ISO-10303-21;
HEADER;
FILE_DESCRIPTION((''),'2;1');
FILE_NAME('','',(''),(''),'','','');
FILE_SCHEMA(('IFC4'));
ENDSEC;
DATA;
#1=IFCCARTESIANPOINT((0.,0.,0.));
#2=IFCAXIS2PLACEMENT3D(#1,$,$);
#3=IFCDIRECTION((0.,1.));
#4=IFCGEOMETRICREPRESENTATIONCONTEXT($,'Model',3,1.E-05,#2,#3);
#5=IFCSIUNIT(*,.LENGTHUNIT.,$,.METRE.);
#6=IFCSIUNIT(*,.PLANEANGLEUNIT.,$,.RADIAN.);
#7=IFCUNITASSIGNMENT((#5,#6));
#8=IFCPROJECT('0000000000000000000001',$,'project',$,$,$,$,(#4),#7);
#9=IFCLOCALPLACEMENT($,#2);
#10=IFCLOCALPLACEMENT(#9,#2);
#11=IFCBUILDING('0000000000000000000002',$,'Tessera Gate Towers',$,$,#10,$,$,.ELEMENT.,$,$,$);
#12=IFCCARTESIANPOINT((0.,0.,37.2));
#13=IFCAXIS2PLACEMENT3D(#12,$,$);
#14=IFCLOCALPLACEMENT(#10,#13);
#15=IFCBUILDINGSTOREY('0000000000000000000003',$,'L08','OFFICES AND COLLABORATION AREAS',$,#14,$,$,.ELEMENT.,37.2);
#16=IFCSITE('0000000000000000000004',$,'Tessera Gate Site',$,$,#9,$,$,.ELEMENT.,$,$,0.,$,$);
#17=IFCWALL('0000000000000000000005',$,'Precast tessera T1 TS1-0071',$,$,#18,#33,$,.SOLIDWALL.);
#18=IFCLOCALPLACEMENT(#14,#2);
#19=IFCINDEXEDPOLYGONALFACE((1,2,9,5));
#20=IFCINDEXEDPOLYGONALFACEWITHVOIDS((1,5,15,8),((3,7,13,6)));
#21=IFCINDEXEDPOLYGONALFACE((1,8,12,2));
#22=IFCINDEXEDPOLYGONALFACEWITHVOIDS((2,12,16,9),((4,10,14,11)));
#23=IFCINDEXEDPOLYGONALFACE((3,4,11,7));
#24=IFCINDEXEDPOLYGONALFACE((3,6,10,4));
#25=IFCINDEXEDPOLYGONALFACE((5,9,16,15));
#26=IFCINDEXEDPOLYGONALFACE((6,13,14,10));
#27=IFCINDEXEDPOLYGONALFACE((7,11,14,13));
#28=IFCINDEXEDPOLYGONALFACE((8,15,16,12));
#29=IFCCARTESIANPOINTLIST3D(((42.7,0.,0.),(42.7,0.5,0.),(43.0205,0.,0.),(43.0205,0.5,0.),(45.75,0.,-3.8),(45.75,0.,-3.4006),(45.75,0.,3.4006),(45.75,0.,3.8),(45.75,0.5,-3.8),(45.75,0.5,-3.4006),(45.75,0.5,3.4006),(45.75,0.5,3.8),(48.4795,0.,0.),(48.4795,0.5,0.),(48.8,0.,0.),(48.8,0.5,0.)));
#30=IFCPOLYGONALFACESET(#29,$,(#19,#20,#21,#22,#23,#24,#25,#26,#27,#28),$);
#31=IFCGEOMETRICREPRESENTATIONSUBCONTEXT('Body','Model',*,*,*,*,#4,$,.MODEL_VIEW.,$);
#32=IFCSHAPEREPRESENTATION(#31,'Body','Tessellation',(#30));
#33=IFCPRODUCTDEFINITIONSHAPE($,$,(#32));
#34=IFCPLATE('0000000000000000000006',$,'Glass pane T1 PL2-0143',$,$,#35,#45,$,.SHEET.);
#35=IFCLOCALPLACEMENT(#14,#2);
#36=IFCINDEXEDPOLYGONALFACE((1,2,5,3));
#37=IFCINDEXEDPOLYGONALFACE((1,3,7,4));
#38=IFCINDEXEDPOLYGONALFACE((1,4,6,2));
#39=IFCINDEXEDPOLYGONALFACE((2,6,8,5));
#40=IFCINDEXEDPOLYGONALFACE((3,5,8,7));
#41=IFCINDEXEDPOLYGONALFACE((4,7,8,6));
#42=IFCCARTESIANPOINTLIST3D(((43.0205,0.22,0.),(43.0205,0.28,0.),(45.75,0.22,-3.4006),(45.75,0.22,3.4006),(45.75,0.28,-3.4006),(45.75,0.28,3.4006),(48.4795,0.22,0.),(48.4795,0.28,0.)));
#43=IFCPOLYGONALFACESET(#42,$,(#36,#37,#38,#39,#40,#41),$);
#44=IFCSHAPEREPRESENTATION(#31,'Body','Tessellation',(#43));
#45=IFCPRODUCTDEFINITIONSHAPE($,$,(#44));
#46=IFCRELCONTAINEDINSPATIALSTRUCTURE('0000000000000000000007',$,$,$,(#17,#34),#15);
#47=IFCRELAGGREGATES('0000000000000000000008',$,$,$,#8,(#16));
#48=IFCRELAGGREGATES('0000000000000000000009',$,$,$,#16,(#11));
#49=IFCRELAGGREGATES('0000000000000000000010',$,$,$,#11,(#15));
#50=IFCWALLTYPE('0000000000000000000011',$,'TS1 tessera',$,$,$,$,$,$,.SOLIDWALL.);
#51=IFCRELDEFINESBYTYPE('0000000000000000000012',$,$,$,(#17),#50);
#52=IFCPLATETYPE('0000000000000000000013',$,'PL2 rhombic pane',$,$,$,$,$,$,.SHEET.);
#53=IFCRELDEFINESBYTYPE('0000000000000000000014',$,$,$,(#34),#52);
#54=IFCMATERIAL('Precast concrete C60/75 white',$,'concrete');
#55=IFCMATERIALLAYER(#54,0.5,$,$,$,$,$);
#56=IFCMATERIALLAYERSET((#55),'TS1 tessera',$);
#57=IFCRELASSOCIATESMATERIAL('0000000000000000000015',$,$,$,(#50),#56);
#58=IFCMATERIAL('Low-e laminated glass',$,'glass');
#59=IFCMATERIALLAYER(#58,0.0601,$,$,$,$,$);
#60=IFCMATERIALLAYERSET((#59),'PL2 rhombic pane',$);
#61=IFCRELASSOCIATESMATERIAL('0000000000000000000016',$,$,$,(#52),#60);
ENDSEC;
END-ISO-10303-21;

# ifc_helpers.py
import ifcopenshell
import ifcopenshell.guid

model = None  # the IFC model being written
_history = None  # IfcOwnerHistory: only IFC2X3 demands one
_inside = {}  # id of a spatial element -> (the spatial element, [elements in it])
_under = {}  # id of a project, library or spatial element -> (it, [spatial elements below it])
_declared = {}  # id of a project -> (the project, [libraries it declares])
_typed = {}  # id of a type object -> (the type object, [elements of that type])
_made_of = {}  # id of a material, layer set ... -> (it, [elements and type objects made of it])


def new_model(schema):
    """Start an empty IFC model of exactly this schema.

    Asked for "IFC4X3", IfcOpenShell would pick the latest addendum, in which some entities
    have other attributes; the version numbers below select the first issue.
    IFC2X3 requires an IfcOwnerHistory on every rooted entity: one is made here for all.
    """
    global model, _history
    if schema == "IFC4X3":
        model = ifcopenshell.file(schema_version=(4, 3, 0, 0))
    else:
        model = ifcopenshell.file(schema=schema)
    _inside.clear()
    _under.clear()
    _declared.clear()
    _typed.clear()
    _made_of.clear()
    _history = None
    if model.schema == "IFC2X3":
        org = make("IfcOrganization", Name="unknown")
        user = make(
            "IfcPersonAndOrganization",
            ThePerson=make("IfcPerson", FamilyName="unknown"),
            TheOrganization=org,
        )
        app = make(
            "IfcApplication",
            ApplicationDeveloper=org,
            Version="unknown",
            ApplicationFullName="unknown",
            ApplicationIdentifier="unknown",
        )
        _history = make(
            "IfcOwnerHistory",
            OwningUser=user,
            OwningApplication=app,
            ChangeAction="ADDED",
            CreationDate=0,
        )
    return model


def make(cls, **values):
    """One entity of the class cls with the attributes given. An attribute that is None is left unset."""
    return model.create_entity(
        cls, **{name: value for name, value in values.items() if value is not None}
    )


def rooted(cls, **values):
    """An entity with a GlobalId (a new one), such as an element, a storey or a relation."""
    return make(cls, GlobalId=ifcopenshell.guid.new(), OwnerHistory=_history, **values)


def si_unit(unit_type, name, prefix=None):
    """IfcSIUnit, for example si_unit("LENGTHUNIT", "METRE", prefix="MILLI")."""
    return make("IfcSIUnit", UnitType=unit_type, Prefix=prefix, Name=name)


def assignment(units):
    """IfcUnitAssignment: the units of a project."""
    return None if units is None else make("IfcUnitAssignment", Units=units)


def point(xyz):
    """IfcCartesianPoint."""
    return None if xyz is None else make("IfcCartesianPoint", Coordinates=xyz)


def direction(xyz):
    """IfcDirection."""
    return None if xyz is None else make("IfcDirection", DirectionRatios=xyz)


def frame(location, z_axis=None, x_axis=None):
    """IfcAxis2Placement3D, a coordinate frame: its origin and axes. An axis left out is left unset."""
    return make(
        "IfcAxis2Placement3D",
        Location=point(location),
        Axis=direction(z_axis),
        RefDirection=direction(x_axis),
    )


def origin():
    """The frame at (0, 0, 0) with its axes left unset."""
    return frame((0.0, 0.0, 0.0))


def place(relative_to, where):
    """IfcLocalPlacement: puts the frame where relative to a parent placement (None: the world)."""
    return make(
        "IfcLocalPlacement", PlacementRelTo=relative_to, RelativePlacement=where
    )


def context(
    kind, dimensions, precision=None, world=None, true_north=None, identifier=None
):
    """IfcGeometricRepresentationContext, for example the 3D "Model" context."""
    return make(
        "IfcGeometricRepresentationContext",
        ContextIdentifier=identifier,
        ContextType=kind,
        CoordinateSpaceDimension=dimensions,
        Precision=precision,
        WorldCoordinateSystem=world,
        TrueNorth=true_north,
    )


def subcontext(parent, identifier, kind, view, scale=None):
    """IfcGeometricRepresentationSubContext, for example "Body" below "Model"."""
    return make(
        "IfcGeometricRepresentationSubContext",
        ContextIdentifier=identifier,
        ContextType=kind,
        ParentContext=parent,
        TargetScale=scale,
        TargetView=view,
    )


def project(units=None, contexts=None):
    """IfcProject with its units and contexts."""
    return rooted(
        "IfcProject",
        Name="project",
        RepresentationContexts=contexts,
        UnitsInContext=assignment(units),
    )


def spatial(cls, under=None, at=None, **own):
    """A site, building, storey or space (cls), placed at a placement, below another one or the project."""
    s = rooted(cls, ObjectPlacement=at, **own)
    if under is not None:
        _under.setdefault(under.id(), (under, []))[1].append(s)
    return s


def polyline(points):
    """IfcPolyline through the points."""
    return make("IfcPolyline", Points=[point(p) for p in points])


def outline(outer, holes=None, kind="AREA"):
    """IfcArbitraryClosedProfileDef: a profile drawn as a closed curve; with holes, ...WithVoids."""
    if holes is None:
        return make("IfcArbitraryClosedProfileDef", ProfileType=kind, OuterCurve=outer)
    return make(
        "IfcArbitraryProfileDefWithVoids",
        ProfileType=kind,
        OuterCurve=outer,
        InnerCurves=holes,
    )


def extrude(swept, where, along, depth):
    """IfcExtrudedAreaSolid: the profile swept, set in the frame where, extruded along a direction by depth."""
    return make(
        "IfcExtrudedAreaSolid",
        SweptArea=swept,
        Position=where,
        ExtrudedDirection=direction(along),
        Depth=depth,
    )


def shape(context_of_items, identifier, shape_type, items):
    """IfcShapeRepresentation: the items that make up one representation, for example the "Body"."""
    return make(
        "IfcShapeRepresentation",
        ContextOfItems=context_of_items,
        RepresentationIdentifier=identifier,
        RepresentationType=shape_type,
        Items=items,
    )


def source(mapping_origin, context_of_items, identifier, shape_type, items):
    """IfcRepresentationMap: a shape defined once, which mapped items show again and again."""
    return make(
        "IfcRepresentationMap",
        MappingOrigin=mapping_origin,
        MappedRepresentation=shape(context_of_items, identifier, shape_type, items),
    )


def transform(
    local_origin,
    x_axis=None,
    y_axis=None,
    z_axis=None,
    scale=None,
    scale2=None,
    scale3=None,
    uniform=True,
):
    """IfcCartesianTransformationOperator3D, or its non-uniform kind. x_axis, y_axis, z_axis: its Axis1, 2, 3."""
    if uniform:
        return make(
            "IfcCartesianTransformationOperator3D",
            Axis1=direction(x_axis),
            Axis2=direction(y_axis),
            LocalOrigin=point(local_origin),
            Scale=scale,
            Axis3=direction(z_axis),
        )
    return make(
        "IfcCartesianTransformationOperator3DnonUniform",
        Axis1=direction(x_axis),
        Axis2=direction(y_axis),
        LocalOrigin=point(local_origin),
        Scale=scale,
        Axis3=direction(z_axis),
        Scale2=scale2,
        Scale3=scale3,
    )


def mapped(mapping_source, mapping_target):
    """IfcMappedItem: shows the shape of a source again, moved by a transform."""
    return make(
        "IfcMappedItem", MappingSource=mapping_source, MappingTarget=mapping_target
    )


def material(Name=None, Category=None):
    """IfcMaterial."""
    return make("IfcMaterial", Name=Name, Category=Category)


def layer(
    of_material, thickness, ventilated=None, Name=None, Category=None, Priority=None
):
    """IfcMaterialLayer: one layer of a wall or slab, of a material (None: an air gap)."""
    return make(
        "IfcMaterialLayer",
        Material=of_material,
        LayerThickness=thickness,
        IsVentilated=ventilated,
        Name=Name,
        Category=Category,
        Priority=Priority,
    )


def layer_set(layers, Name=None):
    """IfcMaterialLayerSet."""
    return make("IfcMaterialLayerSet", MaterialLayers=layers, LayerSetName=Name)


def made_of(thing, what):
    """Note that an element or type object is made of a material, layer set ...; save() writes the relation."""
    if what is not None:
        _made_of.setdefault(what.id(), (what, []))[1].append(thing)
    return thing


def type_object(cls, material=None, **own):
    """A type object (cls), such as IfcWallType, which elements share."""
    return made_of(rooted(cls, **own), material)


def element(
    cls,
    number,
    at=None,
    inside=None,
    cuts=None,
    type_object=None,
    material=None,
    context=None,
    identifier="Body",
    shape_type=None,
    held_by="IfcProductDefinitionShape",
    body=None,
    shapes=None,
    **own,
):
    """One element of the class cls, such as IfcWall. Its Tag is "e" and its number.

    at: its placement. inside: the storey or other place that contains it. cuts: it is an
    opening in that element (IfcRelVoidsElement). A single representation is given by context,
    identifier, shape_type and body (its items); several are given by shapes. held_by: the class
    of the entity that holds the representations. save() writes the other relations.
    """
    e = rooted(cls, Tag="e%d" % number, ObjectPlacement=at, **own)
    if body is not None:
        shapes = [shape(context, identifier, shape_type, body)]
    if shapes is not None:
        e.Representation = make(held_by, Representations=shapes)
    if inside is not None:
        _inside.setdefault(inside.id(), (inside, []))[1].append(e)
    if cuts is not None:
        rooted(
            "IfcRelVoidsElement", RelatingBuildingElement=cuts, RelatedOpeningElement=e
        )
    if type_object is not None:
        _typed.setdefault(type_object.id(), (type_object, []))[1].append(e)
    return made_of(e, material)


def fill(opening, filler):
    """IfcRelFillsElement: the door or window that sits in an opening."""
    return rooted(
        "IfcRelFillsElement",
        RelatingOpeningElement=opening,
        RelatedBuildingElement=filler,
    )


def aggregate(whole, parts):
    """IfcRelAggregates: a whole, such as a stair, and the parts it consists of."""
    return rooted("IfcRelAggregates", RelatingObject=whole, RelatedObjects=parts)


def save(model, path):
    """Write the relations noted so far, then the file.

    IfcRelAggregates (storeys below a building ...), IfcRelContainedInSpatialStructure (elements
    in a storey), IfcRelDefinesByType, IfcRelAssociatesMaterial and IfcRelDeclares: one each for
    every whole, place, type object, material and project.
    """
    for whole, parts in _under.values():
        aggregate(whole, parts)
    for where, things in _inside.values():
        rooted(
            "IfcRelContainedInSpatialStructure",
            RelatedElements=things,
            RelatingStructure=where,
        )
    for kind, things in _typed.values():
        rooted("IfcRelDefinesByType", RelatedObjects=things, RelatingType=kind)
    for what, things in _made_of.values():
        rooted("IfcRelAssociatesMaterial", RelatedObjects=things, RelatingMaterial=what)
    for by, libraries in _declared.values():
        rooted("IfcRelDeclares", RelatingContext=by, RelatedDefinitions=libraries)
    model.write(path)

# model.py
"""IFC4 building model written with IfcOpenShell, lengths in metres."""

from ifc_helpers import new_model, si_unit, direction, frame, origin, place, context, subcontext, project, spatial, polyline, outline, extrude, source, transform, mapped, material, layer, layer_set, type_object, element, fill, save


model = new_model("IFC4")

# Units and contexts
model_context = context("Model", 3, precision=1e-05, world=origin(), true_north=direction((0.0, 1.0)))
body_context = subcontext(model_context, "Body", "Model", "MODEL_VIEW")
ifc_project = project(units=[si_unit("LENGTHUNIT", "METRE"), si_unit("PLANEANGLEUNIT", "RADIAN")], contexts=[model_context])

# Site, building, storey
site_placement = place(None, origin())
site = spatial("IfcSite", under=ifc_project, at=site_placement, Name="Tessera Gate Site", CompositionType="ELEMENT", RefElevation=0.0)
building_placement = place(site_placement, origin())
building = spatial("IfcBuilding", under=site, at=building_placement, Name="Tessera Gate Towers", CompositionType="ELEMENT")
storey_placement = place(building_placement, frame((0.0, 0.0, 37.2)))
storey = spatial("IfcBuildingStorey", under=building, at=storey_placement, Name="L08", Description="OFFICES AND COLLABORATION AREAS", CompositionType="ELEMENT", Elevation=37.2)

# Wall, opening, plate
ifc_material_1 = material(Name="Precast concrete C60/75 white", Category="concrete")
ifc_layer_1 = layer(ifc_material_1, 0.5)
ifc_layer_set_1 = layer_set([ifc_layer_1], Name="TS1 tessera")
wall_type_1 = type_object("IfcWallType", Name="TS1 tessera", PredefinedType="SOLIDWALL", material=ifc_layer_set_1)
shared_shape_1 = source(origin(), body_context, "Body", "SweptSolid", [
    extrude(outline(polyline([(3.05, 0.0), (6.1001, 3.8), (3.05, 7.6001), (0.0, 3.8), (3.05, 0.0)])), frame((0.0, 0.25, 0.0), z_axis=(0.0, -1.0, 0.0), x_axis=(1.0, 0.0, 0.0)), (0.0, 0.0, 1.0), 0.5),
])
wall_1_placement = place(storey_placement, frame((42.7, 0.25, -3.8), z_axis=(0.0, 0.0, 1.0), x_axis=(1.0, 0.0, 0.0)))
wall_1 = element("IfcWall", 1, at=wall_1_placement, inside=storey, type_object=wall_type_1, Name="Precast tessera T1 TS1-0071", PredefinedType="SOLIDWALL", context=body_context, shape_type="MappedRepresentation", body=[
    mapped(shared_shape_1, transform((0.0, 0.0, 0.0), scale=1.0)),
])
shared_shape_2 = source(origin(), body_context, "Body", "SweptSolid", [
    extrude(outline(polyline([(3.05, 0.3994), (5.7795, 3.8), (3.05, 7.2007), (0.3206, 3.8), (3.05, 0.3994)])), frame((0.0, 0.26, 0.0), z_axis=(0.0, -1.0, 0.0), x_axis=(1.0, 0.0, 0.0)), (0.0, 0.0, 1.0), 0.52),
])
opening_1_placement = place(wall_1_placement, origin())
opening_1 = element("IfcOpeningElement", 2, at=opening_1_placement, cuts=wall_1, PredefinedType="OPENING", context=body_context, shape_type="MappedRepresentation", body=[
    mapped(shared_shape_2, transform((0.0, 0.0, 0.0), scale=1.0)),
])
ifc_material_2 = material(Name="Low-e laminated glass", Category="glass")
ifc_layer_2 = layer(ifc_material_2, 0.0601)
ifc_layer_set_2 = layer_set([ifc_layer_2], Name="PL2 rhombic pane")
plate_type = type_object("IfcPlateType", Name="PL2 rhombic pane", PredefinedType="SHEET", material=ifc_layer_set_2)
shared_shape_3 = source(origin(), body_context, "Body", "SweptSolid", [
    extrude(outline(polyline([(3.05, 0.3994), (5.7795, 3.8), (3.05, 7.2007), (0.3206, 3.8), (3.05, 0.3994)])), frame((0.0, 0.03, 0.0), z_axis=(0.0, -1.0, 0.0), x_axis=(1.0, 0.0, 0.0)), (0.0, 0.0, 1.0), 0.0601),
])
plate_placement = place(opening_1_placement, origin())
plate = element("IfcPlate", 3, at=plate_placement, inside=storey, type_object=plate_type, Name="Glass pane T1 PL2-0143", PredefinedType="SHEET", context=body_context, shape_type="MappedRepresentation", body=[
    mapped(shared_shape_3, transform((0.0, 0.0, 0.0), scale=1.0)),
])
fill(opening_1, plate)

save(model, "model.ifc")
